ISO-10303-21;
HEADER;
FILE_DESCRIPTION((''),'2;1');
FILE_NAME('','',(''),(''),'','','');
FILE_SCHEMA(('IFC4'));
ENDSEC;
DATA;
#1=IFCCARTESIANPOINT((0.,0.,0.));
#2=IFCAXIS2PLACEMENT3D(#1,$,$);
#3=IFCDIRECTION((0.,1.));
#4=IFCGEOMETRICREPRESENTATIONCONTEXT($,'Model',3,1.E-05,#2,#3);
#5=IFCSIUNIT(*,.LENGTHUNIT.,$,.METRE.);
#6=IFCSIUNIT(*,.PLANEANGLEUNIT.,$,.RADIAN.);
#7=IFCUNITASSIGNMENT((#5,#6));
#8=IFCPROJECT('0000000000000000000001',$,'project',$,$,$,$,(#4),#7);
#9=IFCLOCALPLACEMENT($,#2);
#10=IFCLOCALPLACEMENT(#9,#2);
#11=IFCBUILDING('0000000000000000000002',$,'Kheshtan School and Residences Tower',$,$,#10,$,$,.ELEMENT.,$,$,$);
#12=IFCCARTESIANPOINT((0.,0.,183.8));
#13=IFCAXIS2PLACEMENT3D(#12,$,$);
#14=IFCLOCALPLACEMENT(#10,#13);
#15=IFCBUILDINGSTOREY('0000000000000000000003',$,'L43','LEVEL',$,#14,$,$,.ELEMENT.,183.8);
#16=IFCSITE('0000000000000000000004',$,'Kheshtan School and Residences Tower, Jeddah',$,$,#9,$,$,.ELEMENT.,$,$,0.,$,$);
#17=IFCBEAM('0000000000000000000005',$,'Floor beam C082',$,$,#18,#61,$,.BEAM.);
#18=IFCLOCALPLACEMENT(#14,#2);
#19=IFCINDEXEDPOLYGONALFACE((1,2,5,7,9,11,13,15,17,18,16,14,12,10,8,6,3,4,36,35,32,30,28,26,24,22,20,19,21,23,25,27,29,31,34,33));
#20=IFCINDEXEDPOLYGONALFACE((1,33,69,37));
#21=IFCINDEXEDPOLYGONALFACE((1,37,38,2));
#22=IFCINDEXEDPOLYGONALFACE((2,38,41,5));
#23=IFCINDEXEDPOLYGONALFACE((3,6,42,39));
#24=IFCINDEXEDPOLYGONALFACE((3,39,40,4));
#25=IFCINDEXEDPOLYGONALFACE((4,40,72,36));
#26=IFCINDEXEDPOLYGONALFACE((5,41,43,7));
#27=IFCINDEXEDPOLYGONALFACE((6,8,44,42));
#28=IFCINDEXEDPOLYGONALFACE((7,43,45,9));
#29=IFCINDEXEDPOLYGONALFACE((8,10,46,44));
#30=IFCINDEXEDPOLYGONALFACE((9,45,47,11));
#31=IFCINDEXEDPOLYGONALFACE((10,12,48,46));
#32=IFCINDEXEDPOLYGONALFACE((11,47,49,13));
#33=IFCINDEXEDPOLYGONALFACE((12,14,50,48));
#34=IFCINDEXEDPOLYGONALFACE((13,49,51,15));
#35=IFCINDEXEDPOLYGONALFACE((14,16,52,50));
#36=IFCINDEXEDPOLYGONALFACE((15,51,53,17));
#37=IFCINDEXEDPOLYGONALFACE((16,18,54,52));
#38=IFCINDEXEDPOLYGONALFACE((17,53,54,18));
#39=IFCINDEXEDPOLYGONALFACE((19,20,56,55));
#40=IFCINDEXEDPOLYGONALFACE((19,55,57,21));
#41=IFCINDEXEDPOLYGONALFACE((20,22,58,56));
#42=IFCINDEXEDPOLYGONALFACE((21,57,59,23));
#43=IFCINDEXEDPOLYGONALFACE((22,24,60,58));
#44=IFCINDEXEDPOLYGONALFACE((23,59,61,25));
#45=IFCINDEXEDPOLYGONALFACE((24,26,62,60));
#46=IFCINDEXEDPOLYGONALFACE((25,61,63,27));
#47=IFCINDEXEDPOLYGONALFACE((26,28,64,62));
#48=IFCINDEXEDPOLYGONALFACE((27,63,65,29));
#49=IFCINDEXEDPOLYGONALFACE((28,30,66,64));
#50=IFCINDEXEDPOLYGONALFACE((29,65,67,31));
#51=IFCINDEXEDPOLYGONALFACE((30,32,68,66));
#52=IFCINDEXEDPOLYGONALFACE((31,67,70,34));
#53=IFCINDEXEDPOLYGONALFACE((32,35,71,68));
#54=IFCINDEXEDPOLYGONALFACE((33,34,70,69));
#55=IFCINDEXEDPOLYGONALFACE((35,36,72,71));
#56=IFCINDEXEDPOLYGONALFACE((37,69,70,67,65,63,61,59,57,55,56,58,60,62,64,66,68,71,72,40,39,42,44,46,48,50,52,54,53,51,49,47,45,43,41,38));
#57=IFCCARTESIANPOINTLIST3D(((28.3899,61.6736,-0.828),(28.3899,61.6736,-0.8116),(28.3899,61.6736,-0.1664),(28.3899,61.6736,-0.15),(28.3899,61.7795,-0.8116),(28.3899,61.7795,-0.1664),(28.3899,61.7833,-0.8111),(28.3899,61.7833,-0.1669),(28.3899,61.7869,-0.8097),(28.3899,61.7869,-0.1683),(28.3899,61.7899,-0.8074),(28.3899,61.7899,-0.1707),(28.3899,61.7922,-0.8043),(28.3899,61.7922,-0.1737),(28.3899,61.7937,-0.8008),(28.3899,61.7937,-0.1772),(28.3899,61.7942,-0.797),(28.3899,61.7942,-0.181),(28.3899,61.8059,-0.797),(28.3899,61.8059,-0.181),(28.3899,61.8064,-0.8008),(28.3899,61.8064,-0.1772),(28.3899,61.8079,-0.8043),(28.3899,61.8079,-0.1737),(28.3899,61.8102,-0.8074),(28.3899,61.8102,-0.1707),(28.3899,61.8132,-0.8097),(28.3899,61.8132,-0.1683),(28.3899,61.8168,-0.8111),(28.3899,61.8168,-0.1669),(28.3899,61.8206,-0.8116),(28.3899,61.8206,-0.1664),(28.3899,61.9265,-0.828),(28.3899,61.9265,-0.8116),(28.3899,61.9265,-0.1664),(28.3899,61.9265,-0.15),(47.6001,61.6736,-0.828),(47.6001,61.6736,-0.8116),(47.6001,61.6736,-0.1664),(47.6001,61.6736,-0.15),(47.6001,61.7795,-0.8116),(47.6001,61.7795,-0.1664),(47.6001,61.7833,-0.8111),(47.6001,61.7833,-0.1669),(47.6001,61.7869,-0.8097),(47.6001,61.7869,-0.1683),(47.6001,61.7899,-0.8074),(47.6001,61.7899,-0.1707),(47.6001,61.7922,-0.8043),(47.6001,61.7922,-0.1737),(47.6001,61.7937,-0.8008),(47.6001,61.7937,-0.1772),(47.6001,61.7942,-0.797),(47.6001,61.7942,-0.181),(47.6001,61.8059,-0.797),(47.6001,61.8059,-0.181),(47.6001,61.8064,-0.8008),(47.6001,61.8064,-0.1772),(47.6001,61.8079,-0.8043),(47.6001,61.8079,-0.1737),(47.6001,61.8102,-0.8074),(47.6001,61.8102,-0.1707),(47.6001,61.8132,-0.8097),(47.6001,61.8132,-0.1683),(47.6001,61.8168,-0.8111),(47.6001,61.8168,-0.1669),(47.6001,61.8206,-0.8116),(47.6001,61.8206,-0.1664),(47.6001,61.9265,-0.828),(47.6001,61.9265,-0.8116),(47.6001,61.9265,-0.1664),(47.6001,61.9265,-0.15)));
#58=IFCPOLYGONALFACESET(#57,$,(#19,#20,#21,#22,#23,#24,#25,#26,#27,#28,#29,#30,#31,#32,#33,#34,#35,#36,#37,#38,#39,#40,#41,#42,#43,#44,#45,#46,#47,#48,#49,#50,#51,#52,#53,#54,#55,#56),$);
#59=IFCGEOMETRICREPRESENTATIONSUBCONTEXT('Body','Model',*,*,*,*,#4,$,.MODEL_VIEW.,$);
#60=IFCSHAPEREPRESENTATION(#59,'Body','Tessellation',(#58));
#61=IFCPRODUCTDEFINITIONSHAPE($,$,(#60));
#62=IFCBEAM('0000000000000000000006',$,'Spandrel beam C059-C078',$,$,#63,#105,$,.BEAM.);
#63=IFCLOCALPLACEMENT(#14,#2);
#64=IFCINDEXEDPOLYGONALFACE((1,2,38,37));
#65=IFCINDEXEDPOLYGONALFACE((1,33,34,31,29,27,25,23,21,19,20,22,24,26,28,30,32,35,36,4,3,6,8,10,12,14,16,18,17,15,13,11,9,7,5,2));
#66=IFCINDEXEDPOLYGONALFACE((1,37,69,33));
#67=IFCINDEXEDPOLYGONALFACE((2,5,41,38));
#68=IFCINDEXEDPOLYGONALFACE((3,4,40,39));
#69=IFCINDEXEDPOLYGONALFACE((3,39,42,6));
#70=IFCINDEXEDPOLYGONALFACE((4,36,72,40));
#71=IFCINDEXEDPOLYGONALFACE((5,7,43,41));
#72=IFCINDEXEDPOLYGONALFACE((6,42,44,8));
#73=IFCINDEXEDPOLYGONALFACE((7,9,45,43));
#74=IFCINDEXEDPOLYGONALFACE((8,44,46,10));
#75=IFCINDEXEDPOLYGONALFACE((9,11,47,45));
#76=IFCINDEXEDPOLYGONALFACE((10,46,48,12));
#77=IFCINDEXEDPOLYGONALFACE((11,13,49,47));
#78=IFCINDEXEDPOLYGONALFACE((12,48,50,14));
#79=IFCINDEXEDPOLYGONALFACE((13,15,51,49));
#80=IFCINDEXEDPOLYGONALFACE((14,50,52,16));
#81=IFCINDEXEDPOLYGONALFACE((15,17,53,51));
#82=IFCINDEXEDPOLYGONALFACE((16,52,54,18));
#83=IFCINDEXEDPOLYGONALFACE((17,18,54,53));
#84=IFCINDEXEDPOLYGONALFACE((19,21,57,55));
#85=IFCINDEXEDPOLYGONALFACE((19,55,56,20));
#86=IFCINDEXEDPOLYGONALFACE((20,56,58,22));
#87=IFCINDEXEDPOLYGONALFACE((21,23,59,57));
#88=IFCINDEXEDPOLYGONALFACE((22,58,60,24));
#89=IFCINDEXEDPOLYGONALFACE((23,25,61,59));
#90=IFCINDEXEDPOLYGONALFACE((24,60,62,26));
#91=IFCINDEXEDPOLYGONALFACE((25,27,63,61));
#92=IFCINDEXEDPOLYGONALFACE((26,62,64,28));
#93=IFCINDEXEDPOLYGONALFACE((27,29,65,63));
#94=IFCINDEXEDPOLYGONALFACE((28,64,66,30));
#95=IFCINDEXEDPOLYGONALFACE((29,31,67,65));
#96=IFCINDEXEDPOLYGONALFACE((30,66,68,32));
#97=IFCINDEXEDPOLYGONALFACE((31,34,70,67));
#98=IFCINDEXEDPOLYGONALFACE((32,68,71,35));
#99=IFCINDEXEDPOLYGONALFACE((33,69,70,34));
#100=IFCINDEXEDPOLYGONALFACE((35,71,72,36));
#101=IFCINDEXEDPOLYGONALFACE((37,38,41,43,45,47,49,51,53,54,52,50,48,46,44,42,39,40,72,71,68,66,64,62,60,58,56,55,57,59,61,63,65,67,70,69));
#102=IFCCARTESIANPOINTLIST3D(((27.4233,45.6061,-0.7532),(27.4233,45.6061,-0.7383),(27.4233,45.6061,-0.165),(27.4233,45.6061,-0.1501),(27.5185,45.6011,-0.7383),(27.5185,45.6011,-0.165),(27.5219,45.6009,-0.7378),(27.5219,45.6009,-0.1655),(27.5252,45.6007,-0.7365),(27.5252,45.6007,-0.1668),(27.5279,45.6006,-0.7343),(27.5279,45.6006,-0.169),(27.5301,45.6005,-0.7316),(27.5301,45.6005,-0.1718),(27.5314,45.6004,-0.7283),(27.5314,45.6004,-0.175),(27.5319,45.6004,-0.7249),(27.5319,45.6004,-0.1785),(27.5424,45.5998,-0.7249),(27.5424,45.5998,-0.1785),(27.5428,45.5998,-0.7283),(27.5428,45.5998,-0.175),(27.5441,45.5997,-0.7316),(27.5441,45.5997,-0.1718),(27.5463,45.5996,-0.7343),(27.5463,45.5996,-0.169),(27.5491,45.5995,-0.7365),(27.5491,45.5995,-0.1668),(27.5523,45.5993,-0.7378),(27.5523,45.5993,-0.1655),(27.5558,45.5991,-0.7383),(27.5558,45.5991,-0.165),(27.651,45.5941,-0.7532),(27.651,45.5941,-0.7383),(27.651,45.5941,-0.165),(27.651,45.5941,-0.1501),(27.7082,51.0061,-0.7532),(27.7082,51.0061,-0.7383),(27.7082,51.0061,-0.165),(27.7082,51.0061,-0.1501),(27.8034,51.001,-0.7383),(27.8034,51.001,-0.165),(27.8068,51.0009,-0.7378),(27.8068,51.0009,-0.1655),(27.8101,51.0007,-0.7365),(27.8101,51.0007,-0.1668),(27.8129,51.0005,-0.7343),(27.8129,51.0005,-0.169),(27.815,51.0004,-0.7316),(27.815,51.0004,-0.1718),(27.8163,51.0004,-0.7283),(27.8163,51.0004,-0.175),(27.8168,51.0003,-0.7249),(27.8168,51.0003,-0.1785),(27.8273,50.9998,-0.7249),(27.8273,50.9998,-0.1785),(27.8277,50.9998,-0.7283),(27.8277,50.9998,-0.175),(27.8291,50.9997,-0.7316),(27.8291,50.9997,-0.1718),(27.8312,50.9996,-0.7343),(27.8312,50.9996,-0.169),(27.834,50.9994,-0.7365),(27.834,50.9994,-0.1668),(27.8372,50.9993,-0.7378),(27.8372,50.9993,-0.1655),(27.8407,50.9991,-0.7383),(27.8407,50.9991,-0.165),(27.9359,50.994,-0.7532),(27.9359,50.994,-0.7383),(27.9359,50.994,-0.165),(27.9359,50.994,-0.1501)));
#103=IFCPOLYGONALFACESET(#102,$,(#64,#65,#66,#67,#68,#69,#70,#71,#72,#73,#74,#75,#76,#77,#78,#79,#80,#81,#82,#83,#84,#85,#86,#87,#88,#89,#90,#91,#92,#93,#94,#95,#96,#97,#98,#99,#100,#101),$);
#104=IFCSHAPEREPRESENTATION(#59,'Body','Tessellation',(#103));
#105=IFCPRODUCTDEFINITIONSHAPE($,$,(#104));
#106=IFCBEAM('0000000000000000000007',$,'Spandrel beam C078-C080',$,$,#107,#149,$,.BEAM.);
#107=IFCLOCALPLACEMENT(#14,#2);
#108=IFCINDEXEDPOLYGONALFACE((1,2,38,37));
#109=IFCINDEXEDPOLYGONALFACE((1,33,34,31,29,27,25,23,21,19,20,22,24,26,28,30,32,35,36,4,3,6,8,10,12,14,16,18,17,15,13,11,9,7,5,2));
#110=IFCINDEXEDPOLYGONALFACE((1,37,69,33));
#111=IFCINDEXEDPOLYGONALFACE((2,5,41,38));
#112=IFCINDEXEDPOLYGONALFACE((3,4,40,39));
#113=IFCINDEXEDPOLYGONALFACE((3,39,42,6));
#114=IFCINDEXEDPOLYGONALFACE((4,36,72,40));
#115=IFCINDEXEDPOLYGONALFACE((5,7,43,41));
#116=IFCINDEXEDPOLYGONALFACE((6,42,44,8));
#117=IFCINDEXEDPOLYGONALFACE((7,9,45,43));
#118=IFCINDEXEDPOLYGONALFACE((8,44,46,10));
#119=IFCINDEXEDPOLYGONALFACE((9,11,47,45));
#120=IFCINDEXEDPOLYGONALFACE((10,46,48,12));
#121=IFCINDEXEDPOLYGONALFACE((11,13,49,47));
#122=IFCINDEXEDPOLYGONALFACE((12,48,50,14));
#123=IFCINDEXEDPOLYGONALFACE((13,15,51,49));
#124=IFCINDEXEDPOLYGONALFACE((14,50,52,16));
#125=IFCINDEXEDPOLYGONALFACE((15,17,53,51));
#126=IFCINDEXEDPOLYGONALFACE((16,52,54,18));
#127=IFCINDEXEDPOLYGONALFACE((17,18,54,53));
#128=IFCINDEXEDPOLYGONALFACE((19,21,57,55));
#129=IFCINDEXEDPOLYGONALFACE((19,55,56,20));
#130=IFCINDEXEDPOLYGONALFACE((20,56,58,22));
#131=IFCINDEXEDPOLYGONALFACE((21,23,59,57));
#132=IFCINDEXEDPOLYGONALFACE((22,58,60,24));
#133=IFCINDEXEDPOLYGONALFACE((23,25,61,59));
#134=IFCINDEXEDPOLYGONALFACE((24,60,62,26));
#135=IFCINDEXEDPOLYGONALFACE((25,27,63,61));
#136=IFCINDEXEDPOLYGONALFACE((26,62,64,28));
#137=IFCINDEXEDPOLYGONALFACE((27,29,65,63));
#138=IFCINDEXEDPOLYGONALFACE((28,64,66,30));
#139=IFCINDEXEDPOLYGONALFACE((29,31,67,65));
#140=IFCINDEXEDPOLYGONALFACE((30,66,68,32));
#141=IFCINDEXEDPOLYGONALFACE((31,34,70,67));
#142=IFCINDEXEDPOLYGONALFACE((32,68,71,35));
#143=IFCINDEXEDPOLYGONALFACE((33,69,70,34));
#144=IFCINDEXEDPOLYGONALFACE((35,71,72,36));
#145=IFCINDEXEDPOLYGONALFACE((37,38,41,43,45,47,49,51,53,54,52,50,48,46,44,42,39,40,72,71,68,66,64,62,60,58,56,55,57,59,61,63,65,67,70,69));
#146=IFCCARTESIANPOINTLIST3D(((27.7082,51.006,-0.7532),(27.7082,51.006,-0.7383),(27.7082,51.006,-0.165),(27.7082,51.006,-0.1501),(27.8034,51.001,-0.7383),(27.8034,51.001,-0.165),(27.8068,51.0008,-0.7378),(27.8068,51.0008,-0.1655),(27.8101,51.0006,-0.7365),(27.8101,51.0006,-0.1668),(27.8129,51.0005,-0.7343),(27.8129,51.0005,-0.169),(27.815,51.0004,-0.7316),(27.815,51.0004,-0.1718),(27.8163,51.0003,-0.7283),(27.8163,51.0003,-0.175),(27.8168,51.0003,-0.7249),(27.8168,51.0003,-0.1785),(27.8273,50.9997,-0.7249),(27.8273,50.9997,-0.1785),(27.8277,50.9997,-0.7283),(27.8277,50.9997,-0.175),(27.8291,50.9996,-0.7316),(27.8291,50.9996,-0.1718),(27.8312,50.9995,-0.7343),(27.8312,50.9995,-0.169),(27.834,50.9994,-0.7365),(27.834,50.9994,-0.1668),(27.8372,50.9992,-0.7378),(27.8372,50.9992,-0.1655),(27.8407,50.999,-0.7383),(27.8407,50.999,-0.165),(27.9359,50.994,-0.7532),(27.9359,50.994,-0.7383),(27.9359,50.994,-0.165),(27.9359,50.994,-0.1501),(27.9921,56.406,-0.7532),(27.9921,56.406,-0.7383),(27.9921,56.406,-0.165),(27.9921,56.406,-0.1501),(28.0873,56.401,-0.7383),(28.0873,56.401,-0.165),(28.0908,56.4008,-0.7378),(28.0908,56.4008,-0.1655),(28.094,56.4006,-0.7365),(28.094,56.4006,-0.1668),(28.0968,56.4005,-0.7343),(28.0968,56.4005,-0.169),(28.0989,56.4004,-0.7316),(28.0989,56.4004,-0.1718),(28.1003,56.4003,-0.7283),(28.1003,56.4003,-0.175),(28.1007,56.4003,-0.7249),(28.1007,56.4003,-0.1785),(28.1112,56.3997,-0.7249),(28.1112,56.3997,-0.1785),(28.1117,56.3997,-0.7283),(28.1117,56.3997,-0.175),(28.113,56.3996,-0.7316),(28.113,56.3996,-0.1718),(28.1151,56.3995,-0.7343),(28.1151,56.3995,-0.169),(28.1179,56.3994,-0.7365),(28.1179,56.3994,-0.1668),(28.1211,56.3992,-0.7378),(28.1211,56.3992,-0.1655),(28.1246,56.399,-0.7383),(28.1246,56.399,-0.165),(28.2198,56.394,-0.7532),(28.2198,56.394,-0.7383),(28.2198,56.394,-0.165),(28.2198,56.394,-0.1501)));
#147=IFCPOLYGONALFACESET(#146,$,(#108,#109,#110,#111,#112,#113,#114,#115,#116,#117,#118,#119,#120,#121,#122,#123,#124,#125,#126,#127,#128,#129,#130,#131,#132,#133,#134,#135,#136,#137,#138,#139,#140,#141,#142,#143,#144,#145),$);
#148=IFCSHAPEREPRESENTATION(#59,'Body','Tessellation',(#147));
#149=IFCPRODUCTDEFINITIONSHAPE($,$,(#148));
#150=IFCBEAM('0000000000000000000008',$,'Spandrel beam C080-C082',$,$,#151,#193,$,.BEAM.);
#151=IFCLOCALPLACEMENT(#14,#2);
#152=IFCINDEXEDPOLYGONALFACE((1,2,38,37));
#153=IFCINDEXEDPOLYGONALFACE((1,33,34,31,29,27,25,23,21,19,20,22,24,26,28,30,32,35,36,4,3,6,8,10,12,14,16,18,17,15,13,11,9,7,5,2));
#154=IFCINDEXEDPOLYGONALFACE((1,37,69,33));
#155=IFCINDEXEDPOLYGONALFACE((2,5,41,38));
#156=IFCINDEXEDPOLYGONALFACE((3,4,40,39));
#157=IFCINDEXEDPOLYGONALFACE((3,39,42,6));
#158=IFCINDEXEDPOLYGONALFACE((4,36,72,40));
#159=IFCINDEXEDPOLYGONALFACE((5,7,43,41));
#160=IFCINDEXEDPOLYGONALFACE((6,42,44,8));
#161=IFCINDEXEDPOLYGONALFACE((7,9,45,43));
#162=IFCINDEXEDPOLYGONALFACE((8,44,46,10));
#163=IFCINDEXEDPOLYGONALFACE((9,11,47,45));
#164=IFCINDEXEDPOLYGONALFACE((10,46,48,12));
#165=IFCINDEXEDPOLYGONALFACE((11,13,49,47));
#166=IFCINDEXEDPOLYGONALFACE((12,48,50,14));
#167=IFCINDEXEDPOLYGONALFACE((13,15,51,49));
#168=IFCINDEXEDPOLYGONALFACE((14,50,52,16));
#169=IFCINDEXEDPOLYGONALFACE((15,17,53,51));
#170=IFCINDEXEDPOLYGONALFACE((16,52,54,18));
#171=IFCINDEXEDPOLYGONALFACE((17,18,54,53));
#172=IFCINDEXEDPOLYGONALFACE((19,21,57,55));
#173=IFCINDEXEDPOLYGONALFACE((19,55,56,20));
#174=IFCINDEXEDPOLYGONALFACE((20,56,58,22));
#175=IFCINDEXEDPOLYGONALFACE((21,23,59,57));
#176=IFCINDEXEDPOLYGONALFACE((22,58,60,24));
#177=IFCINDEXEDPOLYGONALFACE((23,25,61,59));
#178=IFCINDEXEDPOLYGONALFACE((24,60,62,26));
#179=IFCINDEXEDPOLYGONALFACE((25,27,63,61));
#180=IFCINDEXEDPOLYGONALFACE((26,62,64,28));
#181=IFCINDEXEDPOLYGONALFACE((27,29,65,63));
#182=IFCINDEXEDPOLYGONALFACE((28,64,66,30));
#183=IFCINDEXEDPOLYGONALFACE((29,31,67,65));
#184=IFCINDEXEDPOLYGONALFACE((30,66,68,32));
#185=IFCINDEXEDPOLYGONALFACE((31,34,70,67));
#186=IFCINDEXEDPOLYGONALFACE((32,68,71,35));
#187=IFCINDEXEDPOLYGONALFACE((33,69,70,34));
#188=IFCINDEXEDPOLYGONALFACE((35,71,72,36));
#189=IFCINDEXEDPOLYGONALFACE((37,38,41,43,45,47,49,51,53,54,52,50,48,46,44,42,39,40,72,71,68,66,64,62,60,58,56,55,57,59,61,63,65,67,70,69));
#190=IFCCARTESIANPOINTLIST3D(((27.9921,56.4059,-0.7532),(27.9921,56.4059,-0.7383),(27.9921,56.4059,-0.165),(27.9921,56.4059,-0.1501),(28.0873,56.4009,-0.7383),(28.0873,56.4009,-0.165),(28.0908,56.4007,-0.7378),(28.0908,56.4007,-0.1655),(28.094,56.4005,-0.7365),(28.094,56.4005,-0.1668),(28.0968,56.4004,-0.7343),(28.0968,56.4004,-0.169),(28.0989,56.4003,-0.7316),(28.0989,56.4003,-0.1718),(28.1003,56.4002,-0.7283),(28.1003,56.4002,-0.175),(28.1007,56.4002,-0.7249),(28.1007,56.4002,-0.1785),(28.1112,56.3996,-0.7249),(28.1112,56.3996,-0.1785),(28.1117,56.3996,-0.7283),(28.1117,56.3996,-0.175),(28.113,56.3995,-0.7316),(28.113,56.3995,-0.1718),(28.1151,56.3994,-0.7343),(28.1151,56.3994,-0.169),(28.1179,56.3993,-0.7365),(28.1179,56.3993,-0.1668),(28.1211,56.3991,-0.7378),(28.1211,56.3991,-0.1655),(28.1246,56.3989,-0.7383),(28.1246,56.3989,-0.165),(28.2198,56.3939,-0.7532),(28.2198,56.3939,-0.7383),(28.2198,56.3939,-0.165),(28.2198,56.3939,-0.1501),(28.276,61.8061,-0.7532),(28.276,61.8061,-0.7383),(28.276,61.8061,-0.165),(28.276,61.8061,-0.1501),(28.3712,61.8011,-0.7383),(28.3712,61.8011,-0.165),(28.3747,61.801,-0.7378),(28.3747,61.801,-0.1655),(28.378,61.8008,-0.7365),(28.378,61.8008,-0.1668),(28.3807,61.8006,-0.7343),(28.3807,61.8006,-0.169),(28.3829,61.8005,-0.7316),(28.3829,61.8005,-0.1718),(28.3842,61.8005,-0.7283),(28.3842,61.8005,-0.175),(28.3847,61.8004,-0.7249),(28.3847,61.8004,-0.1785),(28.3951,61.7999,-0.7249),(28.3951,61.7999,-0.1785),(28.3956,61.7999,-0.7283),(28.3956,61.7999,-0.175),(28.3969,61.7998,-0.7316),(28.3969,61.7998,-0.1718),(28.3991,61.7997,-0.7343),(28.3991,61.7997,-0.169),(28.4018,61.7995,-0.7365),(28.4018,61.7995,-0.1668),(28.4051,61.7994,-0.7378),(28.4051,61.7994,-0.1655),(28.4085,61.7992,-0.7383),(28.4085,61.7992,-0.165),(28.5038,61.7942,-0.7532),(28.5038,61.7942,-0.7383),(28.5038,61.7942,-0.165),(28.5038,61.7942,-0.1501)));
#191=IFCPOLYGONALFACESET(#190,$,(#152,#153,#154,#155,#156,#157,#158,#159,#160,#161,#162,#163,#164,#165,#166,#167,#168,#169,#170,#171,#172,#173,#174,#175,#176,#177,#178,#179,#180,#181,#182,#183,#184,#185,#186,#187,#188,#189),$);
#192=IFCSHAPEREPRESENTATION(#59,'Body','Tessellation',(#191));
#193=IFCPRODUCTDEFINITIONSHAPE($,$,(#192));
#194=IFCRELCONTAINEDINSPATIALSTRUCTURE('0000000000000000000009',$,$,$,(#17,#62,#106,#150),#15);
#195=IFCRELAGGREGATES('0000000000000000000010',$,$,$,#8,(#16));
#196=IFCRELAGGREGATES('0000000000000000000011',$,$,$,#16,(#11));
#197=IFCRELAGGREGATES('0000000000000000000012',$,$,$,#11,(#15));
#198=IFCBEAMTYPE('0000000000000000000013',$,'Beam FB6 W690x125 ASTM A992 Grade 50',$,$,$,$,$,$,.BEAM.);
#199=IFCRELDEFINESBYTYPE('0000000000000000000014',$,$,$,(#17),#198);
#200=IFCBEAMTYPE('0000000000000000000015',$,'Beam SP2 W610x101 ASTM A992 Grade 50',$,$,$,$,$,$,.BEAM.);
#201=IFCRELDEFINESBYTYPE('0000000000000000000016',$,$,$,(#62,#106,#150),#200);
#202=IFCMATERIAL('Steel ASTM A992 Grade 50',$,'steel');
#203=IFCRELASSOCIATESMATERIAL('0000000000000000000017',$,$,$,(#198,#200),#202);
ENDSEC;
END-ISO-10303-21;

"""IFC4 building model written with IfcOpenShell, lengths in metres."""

from ifc_helpers import new_model, si_unit, direction, frame, origin, origin_2d, place, context, subcontext, project, spatial, i_section, extrude, material, material_profile, profile_set, type_object, element, save


model = new_model("IFC4")

# Units and contexts
model_context = context("Model", 3, precision=1e-05, world=origin(), true_north=direction((0.0, 1.0)))
body_context = subcontext(model_context, "Body", "Model", "MODEL_VIEW")
ifc_project = project(units=[si_unit("LENGTHUNIT", "METRE"), si_unit("PLANEANGLEUNIT", "RADIAN")], contexts=[model_context])

# Site, building, storey
site_placement = place(None, origin())
site = spatial("IfcSite", under=ifc_project, at=site_placement, Name="Kheshtan School and Residences Tower, Jeddah", CompositionType="ELEMENT", RefElevation=0.0)
building_placement = place(site_placement, origin())
building = spatial("IfcBuilding", under=site, at=building_placement, Name="Kheshtan School and Residences Tower", CompositionType="ELEMENT")
storey_placement = place(building_placement, frame((0.0, 0.0, 183.8)))
storey = spatial("IfcBuildingStorey", under=building, at=storey_placement, Name="L43", Description="LEVEL", CompositionType="ELEMENT", Elevation=183.8)

# Shared definitions
ifc_material_1 = material(Name="Steel ASTM A992 Grade 50", Category="steel")

# Beams
ifc_material_profile_1 = material_profile(ifc_material_1, i_section(OverallWidth=0.2529, OverallDepth=0.678, WebThickness=0.0117, FlangeThickness=0.0164, FilletRadius=0.0146, at=origin_2d()), Name="W690x125")
ifc_profile_set_1 = profile_set([ifc_material_profile_1], Name="Steel ASTM A992 Grade 50")
beam_type_1 = type_object("IfcBeamType", Name="Beam FB6 W690x125 ASTM A992 Grade 50", PredefinedType="BEAM", material=ifc_profile_set_1)
beam_1_placement = place(storey_placement, frame((28.3899, 61.8, -0.489), z_axis=(1.0, 0.0, 0.0), x_axis=(0.0, 1.0, 0.0)))
element("IfcBeam", 1, at=beam_1_placement, inside=storey, type_object=beam_type_1, Name="Floor beam C082", PredefinedType="BEAM", context=body_context, shape_type="SweptSolid", body=[
    extrude(i_section(OverallWidth=0.2529, OverallDepth=0.678, WebThickness=0.0117, FlangeThickness=0.0164, FilletRadius=0.0146, at=origin_2d()), origin(), (0.0, 0.0, 1.0), 19.2102),
])
ifc_material_profile_2 = material_profile(ifc_material_1, i_section(OverallWidth=0.228, OverallDepth=0.603, WebThickness=0.0105, FlangeThickness=0.0149, FilletRadius=0.0134, at=origin_2d()), Name="W610x101")
ifc_profile_set_2 = profile_set([ifc_material_profile_2], Name="Steel ASTM A992 Grade 50")
beam_type_2 = type_object("IfcBeamType", Name="Beam SP2 W610x101 ASTM A992 Grade 50", PredefinedType="BEAM", material=ifc_profile_set_2)
for number, where, z_axis, x_axis, name in (
    (2, (27.5371, 45.6001, -0.4517), (0.052689, 0.998611, 0.0), (-0.998611, 0.052689, 0.0), "Spandrel beam C059-C078"),
    (3, (27.822, 51.0, -0.4517), (0.052509, 0.99862, 0.0), (-0.99862, 0.052509, 0.0), "Spandrel beam C078-C080"),
):
    element("IfcBeam", number, at=place(storey_placement, frame(where, z_axis=z_axis, x_axis=x_axis)), inside=storey, type_object=beam_type_2, Name=name, PredefinedType="BEAM", context=body_context, shape_type="SweptSolid", body=[
        extrude(i_section(OverallWidth=0.228, OverallDepth=0.603, WebThickness=0.0105, FlangeThickness=0.0149, FilletRadius=0.0134, at=origin_2d()), origin(), (0.0, 0.0, 1.0), 5.4075),
    ])
beam_2_placement = place(storey_placement, frame((28.106, 56.3999, -0.4517), z_axis=(0.052507, 0.998621, 0.0), x_axis=(-0.998621, 0.052507, 0.0)))
element("IfcBeam", 4, at=beam_2_placement, inside=storey, type_object=beam_type_2, Name="Spandrel beam C080-C082", PredefinedType="BEAM", context=body_context, shape_type="SweptSolid", body=[
    extrude(i_section(OverallWidth=0.228, OverallDepth=0.603, WebThickness=0.0105, FlangeThickness=0.0149, FilletRadius=0.0134, at=origin_2d()), origin(), (0.0, 0.0, 1.0), 5.4077),
])

save(model, "model.ifc")
